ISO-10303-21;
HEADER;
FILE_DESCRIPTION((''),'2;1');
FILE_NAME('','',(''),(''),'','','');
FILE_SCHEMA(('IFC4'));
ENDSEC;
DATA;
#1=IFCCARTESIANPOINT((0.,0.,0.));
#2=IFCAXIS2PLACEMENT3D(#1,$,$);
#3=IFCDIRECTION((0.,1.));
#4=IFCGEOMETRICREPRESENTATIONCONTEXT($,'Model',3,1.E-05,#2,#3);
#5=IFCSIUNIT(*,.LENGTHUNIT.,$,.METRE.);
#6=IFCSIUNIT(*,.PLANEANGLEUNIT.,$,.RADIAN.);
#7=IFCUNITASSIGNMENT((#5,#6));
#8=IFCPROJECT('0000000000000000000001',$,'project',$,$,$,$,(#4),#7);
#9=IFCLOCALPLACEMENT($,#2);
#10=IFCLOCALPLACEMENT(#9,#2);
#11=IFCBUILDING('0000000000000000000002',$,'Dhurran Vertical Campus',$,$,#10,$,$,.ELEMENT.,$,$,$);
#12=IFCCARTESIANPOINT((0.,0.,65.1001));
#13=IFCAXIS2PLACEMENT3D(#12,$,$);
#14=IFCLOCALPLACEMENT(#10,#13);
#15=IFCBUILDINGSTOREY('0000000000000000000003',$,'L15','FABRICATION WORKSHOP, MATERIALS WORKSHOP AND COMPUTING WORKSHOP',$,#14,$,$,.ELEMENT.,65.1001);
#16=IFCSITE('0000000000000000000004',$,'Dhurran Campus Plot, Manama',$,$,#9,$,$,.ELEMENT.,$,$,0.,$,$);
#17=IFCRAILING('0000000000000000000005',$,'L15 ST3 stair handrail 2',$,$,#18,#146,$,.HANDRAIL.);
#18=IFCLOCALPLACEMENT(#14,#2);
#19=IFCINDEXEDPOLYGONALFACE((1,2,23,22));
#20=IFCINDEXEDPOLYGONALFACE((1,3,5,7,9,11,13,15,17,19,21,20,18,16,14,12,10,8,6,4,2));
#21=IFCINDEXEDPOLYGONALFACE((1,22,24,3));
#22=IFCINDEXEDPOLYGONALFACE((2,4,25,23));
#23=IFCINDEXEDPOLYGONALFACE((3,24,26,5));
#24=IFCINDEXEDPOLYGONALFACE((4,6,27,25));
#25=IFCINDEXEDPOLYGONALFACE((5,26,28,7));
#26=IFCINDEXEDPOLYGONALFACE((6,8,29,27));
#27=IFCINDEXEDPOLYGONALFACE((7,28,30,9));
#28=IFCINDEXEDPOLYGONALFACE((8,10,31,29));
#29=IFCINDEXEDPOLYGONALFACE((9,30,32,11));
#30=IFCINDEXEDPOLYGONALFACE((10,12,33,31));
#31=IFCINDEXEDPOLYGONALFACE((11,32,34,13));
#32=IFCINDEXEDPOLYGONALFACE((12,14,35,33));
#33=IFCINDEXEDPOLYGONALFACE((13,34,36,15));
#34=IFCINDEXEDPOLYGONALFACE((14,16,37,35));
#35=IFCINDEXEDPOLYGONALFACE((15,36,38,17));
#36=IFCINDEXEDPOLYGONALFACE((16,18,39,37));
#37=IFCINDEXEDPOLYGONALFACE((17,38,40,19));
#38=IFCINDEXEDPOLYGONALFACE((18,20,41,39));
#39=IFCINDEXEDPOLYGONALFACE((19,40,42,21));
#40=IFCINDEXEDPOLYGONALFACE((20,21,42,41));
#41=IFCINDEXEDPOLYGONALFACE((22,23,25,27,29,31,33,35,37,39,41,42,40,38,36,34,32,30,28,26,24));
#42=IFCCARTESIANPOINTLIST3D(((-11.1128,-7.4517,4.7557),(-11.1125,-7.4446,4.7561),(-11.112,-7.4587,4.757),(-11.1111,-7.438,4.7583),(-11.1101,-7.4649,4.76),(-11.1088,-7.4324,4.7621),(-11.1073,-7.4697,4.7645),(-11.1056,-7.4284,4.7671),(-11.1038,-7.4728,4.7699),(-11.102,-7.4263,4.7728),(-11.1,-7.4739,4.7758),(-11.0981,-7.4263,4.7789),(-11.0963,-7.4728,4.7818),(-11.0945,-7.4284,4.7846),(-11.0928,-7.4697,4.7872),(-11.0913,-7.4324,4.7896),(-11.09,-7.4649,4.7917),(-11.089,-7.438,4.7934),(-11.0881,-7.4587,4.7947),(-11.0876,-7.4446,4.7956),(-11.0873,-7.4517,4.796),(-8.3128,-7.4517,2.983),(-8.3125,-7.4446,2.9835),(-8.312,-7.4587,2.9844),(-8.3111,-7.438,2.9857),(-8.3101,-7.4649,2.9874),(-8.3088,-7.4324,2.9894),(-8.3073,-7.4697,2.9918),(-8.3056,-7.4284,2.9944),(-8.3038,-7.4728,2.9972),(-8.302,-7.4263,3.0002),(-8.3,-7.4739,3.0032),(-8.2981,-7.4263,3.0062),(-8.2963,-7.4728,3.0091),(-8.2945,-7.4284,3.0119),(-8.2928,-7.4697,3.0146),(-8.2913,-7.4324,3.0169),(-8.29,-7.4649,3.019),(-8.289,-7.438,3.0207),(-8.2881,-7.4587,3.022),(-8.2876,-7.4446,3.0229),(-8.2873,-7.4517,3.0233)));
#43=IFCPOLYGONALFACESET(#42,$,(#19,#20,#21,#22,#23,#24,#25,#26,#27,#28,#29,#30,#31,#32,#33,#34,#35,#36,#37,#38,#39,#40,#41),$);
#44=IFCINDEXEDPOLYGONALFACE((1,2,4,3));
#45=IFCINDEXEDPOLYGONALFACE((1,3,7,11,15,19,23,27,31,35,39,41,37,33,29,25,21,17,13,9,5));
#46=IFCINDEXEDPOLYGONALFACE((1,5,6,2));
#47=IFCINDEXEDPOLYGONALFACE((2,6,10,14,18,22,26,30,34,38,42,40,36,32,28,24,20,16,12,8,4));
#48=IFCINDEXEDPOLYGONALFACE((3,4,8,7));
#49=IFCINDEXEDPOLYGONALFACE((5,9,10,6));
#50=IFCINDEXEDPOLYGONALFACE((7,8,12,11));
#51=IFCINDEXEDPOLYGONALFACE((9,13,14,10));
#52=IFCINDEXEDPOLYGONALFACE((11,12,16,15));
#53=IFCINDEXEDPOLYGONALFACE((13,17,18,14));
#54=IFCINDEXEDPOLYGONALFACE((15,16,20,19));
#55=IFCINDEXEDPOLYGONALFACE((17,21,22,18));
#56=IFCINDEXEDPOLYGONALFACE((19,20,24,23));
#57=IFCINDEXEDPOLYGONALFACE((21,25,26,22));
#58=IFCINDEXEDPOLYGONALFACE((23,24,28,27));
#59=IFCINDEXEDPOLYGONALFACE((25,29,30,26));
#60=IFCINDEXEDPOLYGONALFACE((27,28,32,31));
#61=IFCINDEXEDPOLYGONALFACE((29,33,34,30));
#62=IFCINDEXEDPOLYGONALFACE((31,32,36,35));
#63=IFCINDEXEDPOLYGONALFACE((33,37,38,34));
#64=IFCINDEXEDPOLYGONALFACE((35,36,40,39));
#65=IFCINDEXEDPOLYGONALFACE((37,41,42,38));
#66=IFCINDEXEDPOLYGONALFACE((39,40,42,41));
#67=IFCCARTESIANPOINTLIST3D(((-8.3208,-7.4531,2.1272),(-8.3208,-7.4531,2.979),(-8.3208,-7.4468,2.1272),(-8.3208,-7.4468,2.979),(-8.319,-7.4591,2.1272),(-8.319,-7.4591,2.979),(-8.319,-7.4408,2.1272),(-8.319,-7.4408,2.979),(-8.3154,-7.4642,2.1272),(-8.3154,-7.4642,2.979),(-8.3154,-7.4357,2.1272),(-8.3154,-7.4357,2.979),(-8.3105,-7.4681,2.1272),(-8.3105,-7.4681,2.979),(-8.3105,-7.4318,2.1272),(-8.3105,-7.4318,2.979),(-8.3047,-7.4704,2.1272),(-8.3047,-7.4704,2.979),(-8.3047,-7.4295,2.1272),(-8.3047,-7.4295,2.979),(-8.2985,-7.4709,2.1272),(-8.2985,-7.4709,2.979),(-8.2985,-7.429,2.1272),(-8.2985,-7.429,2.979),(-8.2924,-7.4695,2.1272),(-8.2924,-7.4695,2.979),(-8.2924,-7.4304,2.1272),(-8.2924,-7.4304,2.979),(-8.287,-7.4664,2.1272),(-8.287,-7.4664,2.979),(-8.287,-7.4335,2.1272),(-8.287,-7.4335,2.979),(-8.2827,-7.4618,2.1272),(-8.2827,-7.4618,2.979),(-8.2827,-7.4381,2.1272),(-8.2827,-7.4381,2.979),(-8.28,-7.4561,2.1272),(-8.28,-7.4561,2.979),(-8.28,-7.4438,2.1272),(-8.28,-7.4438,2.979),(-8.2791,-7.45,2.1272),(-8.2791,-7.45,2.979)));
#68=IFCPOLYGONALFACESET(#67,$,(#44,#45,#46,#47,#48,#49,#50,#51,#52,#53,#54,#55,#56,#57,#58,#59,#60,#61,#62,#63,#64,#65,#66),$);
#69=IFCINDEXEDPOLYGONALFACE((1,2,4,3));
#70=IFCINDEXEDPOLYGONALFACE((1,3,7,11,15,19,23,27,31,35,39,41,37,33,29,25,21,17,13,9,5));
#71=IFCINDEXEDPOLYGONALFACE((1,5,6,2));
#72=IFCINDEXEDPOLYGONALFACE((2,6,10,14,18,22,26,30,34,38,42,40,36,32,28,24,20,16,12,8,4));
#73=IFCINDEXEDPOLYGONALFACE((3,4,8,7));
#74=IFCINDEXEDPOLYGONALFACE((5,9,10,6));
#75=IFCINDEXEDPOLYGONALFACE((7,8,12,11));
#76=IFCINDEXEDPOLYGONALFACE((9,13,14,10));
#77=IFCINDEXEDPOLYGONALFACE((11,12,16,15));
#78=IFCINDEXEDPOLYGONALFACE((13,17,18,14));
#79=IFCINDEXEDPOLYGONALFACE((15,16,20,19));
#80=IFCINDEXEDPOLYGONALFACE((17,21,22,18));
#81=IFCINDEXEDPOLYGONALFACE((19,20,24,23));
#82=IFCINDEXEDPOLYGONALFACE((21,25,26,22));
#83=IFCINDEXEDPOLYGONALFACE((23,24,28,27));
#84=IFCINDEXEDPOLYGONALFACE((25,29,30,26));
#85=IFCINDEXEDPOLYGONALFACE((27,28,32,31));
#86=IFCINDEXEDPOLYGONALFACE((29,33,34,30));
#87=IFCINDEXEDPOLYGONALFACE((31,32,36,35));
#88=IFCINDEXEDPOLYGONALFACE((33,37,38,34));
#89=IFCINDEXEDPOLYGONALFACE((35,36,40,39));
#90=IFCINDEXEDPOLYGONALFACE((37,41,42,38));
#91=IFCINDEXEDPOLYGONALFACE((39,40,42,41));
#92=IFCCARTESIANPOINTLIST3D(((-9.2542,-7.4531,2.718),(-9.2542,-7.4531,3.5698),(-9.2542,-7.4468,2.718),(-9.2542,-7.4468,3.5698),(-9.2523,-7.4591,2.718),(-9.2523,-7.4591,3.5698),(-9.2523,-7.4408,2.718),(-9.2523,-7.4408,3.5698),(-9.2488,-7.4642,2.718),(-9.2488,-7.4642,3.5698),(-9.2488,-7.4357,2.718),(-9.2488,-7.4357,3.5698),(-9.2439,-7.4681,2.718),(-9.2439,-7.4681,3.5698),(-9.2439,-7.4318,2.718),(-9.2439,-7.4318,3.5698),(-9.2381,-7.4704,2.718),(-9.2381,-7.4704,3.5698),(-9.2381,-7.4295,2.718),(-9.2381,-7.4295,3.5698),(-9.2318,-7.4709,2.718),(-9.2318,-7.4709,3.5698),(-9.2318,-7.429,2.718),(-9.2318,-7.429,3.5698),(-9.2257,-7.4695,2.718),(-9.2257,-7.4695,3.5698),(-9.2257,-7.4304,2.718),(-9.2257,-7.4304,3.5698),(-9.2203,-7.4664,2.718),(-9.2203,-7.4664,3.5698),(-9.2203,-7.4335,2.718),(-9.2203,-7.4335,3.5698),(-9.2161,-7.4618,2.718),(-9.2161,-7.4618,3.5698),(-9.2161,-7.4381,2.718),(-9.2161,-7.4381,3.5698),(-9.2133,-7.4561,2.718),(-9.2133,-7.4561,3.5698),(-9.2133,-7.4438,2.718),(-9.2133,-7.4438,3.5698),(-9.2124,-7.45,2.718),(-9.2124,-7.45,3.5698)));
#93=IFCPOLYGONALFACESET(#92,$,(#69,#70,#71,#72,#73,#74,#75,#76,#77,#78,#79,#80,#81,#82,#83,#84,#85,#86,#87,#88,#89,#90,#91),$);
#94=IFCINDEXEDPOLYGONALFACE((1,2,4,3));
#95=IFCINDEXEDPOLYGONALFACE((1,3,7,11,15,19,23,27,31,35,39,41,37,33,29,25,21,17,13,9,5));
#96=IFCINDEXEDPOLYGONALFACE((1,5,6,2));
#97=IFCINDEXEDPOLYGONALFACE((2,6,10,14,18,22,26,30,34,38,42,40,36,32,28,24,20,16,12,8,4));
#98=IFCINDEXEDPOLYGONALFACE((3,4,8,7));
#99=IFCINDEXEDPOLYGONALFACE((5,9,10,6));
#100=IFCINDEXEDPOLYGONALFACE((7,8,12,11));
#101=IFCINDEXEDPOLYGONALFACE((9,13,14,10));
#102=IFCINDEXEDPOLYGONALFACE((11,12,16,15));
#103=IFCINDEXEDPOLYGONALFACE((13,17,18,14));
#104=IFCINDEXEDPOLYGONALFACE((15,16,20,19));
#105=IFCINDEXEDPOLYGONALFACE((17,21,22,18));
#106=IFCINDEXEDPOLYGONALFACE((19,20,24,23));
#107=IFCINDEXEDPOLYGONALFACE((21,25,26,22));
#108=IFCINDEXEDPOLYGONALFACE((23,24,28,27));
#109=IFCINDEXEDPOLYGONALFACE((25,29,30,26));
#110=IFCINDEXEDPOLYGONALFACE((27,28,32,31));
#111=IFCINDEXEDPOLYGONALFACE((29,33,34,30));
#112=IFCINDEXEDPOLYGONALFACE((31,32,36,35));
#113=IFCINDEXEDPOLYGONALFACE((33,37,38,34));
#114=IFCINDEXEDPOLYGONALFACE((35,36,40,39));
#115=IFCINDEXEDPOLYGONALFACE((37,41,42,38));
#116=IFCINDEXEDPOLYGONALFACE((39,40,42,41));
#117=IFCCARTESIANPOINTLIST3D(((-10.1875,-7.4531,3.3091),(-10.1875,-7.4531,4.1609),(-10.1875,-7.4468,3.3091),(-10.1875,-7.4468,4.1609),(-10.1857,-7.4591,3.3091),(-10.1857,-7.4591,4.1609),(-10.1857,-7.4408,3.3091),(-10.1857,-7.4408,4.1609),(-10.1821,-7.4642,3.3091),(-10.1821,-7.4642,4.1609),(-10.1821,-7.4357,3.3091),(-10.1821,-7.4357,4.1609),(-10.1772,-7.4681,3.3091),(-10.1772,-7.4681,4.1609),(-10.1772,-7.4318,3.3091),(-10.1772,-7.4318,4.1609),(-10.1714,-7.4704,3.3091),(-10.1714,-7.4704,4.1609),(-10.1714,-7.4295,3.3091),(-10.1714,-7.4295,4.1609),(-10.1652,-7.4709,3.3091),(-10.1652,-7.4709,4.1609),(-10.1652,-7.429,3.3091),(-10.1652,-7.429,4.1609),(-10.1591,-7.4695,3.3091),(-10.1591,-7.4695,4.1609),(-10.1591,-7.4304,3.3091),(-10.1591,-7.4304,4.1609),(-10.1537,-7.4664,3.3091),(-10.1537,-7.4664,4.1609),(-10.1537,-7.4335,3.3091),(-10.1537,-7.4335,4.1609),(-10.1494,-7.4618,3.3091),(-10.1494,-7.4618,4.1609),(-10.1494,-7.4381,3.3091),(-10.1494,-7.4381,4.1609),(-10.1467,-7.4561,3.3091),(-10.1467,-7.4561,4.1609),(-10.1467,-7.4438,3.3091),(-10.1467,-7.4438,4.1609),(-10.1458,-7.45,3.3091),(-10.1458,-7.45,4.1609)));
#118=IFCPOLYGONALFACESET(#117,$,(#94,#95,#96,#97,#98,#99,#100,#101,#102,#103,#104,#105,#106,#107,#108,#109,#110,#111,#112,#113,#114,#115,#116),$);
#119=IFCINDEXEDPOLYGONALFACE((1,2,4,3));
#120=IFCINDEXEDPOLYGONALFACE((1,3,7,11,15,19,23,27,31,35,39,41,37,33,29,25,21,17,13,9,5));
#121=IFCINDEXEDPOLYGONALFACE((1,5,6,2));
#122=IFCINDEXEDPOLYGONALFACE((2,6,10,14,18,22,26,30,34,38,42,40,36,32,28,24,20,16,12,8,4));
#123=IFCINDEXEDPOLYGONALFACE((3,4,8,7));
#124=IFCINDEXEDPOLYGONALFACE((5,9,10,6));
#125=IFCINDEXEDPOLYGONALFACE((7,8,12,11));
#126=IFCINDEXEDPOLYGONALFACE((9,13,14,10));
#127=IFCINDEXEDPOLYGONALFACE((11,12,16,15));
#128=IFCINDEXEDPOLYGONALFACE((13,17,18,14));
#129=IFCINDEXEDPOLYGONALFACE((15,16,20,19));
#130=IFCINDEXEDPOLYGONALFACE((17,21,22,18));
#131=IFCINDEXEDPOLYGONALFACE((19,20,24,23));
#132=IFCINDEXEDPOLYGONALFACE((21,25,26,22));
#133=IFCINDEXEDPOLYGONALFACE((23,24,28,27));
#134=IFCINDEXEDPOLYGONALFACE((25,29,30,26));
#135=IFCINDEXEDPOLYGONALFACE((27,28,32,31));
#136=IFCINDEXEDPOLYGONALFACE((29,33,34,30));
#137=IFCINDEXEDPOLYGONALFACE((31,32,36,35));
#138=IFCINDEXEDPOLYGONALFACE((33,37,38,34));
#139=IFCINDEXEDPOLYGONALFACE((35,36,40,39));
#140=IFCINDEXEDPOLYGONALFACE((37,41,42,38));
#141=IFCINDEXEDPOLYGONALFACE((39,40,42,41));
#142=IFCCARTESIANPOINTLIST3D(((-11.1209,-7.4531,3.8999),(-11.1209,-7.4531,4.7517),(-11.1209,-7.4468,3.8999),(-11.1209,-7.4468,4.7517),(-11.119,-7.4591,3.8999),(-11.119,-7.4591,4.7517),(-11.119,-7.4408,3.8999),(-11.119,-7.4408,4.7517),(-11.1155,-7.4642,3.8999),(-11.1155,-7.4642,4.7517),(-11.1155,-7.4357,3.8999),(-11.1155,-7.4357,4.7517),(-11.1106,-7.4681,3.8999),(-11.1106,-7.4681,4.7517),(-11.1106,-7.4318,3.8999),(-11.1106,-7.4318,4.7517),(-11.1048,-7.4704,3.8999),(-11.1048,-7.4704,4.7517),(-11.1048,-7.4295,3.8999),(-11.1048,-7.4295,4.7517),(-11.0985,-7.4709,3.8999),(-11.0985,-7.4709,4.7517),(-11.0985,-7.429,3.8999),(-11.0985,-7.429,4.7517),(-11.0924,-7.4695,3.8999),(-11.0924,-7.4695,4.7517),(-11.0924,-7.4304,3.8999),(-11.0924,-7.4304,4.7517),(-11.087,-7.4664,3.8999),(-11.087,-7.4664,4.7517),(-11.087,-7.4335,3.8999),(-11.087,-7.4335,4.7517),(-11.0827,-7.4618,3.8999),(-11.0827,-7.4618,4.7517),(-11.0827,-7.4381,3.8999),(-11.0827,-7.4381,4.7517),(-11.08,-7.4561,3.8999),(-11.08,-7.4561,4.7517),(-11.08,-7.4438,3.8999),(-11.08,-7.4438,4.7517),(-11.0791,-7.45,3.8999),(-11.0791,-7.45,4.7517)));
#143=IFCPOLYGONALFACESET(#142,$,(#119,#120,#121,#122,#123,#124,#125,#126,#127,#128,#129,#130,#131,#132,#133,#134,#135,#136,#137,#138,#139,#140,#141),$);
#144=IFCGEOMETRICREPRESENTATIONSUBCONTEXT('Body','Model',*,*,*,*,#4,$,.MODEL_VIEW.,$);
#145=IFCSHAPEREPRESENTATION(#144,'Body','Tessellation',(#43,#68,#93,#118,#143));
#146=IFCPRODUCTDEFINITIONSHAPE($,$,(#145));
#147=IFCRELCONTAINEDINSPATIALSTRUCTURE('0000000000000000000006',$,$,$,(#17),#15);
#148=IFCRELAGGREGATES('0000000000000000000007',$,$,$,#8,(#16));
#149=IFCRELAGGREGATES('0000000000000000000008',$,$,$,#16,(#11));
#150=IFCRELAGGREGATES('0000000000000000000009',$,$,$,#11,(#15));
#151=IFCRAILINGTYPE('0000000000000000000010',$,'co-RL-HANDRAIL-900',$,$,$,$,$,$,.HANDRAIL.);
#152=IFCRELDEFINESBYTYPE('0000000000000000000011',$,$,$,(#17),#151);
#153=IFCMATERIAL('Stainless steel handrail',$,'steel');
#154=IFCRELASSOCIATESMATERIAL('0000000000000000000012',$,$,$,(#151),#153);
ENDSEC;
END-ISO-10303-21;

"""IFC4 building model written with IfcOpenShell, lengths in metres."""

from ifc_helpers import new_model, si_unit, direction, frame, origin, origin_2d, place, context, subcontext, project, spatial, circle, extrude, material, type_object, element, save


model = new_model("IFC4")

# Units and contexts
model_context = context("Model", 3, precision=1e-05, world=origin(), true_north=direction((0.0, 1.0)))
body_context = subcontext(model_context, "Body", "Model", "MODEL_VIEW")
ifc_project = project(units=[si_unit("LENGTHUNIT", "METRE"), si_unit("PLANEANGLEUNIT", "RADIAN")], contexts=[model_context])

# Site, building, storey
site_placement = place(None, origin())
site = spatial("IfcSite", under=ifc_project, at=site_placement, Name="Dhurran Campus Plot, Manama", CompositionType="ELEMENT", RefElevation=0.0)
building_placement = place(site_placement, origin())
building = spatial("IfcBuilding", under=site, at=building_placement, Name="Dhurran Vertical Campus", CompositionType="ELEMENT")
storey_placement = place(building_placement, frame((0.0, 0.0, 65.1001)))
storey = spatial("IfcBuildingStorey", under=building, at=storey_placement, Name="L15", Description="FABRICATION WORKSHOP, MATERIALS WORKSHOP AND COMPUTING WORKSHOP", CompositionType="ELEMENT", Elevation=65.1001)

# Railing
ifc_material_1 = material(Name="Stainless steel handrail", Category="steel")
railing_type_1 = type_object("IfcRailingType", Name="co-RL-HANDRAIL-900", PredefinedType="HANDRAIL", material=ifc_material_1)
railing_1_placement = place(storey_placement, frame((-8.3, -7.45, 2.1272)))
element("IfcRailing", 1, at=railing_1_placement, inside=storey, type_object=railing_type_1, Name="L15 ST3 stair handrail 2", PredefinedType="HANDRAIL", context=body_context, shape_type="SweptSolid", body=[
    extrude(circle(Radius=0.0239, at=origin_2d()), frame((0.0, 0.0, 0.876), z_axis=(-0.844909, 0.0, 0.53491), x_axis=(0.0, -1.0, 0.0)), (0.0, 0.0, 1.0), 3.314),
    extrude(circle(Radius=0.021, at=origin_2d()), origin(), (0.0, 0.0, 1.0), 0.8518),
    extrude(circle(Radius=0.021, at=origin_2d()), frame((-0.9333, 0.0, 0.5908)), (0.0, 0.0, 1.0), 0.8518),
    extrude(circle(Radius=0.021, at=origin_2d()), frame((-1.8667, 0.0, 1.1819)), (0.0, 0.0, 1.0), 0.8518),
    extrude(circle(Radius=0.021, at=origin_2d()), frame((-2.8, 0.0, 1.7727)), (0.0, 0.0, 1.0), 0.8518),
])

save(model, "model.ifc")
